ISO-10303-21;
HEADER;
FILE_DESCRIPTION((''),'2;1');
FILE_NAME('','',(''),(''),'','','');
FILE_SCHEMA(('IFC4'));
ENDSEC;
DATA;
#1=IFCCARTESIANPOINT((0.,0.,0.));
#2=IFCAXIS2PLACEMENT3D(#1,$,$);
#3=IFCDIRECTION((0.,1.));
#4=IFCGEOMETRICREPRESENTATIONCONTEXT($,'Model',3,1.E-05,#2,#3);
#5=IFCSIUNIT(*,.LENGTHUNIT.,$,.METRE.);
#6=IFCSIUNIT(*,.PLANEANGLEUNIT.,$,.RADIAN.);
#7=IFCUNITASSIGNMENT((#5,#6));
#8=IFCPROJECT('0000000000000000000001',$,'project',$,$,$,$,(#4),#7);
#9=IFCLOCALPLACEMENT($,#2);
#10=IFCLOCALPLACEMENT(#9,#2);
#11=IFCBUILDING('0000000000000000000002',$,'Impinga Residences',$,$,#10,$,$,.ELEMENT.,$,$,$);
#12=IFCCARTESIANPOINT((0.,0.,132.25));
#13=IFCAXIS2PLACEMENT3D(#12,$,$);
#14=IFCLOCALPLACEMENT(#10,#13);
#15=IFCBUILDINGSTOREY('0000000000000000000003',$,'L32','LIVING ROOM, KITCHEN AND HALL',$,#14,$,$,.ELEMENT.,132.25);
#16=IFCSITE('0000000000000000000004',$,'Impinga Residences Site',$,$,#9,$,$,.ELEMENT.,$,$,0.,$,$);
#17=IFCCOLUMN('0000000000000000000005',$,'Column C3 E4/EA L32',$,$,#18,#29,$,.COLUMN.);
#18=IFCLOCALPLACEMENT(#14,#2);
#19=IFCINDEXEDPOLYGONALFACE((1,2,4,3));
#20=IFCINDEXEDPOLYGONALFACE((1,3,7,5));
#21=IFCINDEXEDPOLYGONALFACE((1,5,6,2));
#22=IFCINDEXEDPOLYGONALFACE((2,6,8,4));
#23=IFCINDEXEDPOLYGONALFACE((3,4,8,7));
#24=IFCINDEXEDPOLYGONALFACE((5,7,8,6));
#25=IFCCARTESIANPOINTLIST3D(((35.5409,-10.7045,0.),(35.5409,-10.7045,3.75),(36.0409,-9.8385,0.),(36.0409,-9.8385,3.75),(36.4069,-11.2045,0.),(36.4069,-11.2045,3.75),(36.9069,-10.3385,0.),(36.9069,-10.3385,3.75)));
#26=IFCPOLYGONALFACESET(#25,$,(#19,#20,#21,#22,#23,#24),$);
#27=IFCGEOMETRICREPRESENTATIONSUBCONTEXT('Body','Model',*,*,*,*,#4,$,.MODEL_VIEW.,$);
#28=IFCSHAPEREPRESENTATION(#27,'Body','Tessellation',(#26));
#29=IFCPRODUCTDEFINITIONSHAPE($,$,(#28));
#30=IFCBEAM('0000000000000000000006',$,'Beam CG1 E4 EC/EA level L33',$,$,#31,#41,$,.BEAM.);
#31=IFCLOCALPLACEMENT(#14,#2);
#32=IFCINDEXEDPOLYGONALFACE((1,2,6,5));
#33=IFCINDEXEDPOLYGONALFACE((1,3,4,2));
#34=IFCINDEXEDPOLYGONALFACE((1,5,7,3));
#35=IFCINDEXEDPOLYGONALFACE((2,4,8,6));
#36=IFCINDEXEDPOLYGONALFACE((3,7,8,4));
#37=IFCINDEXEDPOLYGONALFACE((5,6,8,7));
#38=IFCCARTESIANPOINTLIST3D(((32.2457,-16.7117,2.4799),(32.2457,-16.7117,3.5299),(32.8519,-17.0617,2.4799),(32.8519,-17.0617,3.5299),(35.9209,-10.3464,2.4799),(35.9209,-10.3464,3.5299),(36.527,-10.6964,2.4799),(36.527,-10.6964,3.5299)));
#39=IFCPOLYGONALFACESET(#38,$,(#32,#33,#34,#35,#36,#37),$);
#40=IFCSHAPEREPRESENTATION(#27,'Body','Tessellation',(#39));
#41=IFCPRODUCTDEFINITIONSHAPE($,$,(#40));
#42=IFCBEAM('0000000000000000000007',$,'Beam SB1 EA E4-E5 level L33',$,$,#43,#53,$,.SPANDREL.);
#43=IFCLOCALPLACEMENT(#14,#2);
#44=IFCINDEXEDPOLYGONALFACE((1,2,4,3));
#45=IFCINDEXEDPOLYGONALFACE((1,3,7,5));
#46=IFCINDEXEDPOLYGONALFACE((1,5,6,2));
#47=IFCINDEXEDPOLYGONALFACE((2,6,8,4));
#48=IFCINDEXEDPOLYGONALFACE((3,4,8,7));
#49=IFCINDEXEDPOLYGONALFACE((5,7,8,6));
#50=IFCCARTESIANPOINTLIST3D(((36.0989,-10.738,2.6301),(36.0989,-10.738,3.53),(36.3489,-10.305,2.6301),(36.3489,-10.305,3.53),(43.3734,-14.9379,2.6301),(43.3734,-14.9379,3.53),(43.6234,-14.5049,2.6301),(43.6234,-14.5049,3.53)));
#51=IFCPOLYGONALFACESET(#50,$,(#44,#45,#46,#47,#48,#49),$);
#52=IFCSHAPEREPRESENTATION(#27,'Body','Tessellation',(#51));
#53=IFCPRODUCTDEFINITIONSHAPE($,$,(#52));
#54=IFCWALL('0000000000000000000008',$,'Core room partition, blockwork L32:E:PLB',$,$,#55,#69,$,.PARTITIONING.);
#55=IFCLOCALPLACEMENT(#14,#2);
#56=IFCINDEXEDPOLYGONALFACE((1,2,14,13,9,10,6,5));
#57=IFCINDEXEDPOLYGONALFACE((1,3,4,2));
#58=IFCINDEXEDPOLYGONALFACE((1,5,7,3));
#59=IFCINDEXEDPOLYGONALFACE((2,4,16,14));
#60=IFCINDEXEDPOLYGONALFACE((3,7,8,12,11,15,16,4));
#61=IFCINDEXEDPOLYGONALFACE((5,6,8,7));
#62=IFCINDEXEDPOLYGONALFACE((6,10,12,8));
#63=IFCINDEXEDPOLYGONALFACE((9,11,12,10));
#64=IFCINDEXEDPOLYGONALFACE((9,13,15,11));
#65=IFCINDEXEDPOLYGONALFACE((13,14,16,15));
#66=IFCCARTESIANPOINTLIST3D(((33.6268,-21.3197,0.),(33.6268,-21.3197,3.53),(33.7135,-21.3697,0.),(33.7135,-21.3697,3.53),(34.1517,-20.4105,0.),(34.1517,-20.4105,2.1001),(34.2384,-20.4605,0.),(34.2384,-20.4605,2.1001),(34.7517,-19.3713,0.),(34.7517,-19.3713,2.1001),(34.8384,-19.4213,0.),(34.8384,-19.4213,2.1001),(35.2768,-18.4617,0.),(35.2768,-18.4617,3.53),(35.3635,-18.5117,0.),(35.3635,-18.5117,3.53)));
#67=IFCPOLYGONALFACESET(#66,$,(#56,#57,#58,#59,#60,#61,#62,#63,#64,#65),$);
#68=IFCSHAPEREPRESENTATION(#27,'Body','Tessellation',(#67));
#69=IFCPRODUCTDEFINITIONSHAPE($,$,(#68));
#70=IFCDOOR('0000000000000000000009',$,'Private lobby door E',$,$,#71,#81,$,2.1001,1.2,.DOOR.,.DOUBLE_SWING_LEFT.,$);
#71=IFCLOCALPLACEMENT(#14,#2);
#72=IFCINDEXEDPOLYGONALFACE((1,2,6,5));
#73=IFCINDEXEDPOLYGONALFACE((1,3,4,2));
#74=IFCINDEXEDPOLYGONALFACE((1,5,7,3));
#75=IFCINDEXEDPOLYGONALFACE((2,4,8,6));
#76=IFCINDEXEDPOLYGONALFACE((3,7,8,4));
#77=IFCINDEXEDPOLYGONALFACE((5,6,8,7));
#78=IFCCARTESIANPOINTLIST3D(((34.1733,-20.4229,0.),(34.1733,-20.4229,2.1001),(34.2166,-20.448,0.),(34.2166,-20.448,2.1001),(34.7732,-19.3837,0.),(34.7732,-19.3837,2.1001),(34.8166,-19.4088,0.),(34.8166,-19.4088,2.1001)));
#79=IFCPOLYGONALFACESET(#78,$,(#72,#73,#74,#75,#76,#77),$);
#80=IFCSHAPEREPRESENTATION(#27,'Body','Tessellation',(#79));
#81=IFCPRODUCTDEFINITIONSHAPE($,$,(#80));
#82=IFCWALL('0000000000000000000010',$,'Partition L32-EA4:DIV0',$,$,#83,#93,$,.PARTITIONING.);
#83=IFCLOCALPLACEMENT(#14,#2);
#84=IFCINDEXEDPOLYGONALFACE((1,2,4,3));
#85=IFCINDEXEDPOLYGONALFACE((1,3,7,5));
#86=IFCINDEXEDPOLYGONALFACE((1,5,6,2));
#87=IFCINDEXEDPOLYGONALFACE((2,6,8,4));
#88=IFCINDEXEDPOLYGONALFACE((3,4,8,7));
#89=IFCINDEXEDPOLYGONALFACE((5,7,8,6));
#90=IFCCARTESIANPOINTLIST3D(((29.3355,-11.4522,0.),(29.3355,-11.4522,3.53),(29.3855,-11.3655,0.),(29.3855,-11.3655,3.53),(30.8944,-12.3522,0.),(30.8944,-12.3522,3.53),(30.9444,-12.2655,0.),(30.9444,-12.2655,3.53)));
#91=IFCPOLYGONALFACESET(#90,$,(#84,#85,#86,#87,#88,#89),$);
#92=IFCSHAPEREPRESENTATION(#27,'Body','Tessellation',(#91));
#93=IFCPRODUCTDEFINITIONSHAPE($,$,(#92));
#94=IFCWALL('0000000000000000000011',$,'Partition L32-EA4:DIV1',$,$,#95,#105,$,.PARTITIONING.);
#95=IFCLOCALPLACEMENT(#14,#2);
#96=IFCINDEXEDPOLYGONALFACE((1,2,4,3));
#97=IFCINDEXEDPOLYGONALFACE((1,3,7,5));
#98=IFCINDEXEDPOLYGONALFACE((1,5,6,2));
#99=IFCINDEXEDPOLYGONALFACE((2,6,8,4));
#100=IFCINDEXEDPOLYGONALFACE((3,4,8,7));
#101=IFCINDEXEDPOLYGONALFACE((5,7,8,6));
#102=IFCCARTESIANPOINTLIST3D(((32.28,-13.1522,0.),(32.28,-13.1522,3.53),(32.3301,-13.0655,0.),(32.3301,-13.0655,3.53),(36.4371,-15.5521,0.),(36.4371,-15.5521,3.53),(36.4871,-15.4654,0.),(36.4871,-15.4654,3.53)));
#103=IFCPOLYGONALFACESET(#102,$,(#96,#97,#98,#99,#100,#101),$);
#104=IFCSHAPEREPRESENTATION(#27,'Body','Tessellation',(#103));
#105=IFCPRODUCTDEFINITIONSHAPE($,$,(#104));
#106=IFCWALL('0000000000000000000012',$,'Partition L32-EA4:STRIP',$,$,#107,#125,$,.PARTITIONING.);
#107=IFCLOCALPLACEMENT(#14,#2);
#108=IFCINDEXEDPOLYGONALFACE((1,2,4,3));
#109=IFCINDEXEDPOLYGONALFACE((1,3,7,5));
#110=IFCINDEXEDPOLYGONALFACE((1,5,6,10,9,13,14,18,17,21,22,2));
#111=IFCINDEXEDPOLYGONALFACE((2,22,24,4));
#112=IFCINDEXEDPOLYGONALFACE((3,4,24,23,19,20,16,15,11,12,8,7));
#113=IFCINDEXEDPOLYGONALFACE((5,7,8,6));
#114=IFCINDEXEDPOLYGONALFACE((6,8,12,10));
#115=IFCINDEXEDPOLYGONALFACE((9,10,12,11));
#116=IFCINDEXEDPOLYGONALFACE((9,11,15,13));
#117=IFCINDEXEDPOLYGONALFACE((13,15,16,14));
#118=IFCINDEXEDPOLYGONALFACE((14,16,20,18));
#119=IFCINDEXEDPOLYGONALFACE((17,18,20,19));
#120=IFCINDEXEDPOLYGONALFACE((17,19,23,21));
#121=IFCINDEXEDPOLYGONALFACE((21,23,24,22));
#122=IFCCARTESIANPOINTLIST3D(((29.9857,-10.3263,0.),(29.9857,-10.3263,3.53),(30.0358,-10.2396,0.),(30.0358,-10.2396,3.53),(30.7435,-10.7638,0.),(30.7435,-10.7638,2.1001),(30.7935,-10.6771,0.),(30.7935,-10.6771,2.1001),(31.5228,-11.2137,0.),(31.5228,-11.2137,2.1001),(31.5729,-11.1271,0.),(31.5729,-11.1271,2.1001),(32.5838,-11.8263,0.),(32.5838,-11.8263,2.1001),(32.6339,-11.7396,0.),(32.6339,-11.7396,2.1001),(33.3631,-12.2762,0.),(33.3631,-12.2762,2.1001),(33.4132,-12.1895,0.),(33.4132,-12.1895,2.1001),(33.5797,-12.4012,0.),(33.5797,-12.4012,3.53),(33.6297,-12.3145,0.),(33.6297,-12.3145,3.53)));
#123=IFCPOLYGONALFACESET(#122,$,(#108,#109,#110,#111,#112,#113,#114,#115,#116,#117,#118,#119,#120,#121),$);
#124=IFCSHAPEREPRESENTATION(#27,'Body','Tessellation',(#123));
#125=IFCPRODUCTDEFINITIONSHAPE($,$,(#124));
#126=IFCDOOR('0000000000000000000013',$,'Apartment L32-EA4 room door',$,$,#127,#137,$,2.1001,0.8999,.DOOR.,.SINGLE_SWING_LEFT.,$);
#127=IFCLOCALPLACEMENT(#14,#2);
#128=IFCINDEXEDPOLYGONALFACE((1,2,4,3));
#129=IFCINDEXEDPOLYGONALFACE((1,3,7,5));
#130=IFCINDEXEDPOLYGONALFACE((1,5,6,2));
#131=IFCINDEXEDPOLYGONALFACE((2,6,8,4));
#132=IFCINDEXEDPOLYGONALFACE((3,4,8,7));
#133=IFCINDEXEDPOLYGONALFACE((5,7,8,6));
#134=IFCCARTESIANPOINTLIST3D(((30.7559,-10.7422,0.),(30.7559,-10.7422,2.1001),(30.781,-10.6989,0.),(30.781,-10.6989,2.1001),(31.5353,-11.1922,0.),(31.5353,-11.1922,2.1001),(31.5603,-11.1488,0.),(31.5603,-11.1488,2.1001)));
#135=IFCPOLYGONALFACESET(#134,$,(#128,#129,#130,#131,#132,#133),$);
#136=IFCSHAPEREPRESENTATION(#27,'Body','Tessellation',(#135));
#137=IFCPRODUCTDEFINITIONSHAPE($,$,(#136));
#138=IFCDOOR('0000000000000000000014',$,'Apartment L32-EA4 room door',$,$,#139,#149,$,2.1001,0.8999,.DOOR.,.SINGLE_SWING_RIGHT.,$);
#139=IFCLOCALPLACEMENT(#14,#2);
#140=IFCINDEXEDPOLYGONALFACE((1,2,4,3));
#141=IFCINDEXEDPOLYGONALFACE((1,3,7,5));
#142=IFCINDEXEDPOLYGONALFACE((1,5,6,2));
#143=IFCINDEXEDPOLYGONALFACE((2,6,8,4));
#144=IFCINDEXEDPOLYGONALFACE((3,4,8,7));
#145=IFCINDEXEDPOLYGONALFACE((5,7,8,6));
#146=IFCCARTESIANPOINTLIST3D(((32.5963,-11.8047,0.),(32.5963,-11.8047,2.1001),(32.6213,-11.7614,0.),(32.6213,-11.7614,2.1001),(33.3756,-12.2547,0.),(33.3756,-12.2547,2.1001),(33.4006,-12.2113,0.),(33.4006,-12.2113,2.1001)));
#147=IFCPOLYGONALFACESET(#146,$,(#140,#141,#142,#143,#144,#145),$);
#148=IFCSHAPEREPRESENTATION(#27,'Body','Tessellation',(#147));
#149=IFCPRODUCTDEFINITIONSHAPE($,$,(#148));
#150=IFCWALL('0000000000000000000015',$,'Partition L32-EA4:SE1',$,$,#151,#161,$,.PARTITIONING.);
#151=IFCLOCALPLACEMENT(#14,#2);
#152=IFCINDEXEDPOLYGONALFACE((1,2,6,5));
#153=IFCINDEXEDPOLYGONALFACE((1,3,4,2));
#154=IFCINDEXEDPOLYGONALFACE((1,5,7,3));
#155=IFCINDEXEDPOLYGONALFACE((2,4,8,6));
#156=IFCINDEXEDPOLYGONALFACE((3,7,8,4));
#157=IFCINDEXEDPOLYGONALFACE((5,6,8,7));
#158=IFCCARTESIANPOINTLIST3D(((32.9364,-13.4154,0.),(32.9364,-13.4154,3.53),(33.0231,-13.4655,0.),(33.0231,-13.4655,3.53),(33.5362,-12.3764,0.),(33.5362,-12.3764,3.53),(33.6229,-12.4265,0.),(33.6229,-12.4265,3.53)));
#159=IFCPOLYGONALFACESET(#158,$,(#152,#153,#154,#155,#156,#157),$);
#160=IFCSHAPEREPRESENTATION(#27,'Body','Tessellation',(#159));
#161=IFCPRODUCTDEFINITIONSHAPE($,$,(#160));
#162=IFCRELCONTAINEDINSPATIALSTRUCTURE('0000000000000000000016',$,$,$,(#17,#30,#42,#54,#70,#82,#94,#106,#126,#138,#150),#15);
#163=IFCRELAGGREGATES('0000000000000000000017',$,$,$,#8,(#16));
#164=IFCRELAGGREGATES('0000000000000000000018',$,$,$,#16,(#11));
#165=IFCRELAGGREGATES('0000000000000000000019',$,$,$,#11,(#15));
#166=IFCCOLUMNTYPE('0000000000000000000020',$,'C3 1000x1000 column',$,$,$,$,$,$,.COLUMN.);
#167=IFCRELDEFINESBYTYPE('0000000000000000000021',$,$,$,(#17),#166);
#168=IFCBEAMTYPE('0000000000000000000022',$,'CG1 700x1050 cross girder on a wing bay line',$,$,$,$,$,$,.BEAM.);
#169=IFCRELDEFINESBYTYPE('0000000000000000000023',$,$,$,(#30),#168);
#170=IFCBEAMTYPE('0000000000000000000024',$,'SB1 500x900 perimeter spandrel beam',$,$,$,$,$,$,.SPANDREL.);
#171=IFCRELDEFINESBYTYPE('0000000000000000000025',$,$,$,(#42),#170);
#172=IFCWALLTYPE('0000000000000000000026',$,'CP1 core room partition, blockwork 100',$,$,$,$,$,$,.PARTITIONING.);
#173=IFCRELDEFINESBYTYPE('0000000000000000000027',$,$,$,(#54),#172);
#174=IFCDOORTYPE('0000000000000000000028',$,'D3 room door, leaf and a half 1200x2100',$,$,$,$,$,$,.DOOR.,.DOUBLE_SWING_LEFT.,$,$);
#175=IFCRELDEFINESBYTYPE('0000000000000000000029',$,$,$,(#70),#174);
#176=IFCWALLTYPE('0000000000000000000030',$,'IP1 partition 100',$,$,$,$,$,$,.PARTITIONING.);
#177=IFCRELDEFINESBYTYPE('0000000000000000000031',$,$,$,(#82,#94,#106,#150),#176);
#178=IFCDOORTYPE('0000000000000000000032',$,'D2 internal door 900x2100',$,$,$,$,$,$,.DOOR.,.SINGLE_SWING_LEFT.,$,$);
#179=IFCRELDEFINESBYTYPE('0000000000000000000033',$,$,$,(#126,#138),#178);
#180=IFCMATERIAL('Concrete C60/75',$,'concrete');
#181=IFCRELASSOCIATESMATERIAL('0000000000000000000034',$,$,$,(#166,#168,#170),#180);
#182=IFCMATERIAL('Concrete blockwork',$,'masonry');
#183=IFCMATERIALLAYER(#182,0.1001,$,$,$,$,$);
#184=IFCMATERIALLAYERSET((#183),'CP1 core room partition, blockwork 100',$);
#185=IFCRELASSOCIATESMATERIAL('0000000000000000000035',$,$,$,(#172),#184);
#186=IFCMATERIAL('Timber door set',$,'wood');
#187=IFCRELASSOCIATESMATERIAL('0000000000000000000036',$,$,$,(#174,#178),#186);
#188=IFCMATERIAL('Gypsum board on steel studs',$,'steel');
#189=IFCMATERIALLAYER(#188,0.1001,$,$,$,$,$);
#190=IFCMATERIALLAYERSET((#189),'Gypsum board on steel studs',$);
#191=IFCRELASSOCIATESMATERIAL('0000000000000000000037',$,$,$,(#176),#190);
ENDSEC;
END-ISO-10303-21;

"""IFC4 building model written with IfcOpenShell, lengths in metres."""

from ifc_helpers import new_model, si_unit, direction, frame, frame_2d, origin, origin_2d, place, context, subcontext, project, spatial, rectangle, extrude, material, layer, layer_set, material_profile, profile_set, type_object, element, fill, save


model = new_model("IFC4")

# Units and contexts
model_context = context("Model", 3, precision=1e-05, world=origin(), true_north=direction((0.0, 1.0)))
body_context = subcontext(model_context, "Body", "Model", "MODEL_VIEW")
ifc_project = project(units=[si_unit("LENGTHUNIT", "METRE"), si_unit("PLANEANGLEUNIT", "RADIAN")], contexts=[model_context])

# Site, building, storey
site_placement = place(None, origin())
site = spatial("IfcSite", under=ifc_project, at=site_placement, Name="Impinga Residences Site", CompositionType="ELEMENT", RefElevation=0.0)
building_placement = place(site_placement, origin())
building = spatial("IfcBuilding", under=site, at=building_placement, Name="Impinga Residences", CompositionType="ELEMENT")
storey_placement = place(building_placement, frame((0.0, 0.0, 132.25)))
storey = spatial("IfcBuildingStorey", under=building, at=storey_placement, Name="L32", Description="LIVING ROOM, KITCHEN AND HALL", CompositionType="ELEMENT", Elevation=132.25)

# Column
ifc_material_1 = material(Name="Concrete C60/75", Category="concrete")
ifc_material_profile_1 = material_profile(ifc_material_1, rectangle(XDim=1.0, YDim=1.0, at=origin_2d()), Name="RC 1000x1000")
ifc_profile_set_1 = profile_set([ifc_material_profile_1], Name="Concrete C60/75")
column_type = type_object("IfcColumnType", Name="C3 1000x1000 column", PredefinedType="COLUMN", material=ifc_profile_set_1)
column_placement = place(storey_placement, frame((36.2239, -10.5215, 0.0), z_axis=(0.0, 0.0, 1.0), x_axis=(-0.5, -0.866025, 0.0)))
element("IfcColumn", 1, at=column_placement, inside=storey, type_object=column_type, Name="Column C3 E4/EA L32", PredefinedType="COLUMN", context=body_context, shape_type="SweptSolid", body=[
    extrude(rectangle(XDim=1.0, YDim=1.0, at=origin_2d()), origin(), (0.0, 0.0, 1.0), 3.75),
])

# Beams
ifc_material_profile_2 = material_profile(ifc_material_1, rectangle(XDim=0.7, YDim=1.05, at=origin_2d()), Name="RC 700x1050")
ifc_profile_set_2 = profile_set([ifc_material_profile_2], Name="Concrete C60/75")
beam_type_1 = type_object("IfcBeamType", Name="CG1 700x1050 cross girder on a wing bay line", PredefinedType="BEAM", material=ifc_profile_set_2)
beam_1_placement = place(storey_placement, frame((32.5488, -16.8867, 3.0049), z_axis=(0.500008, 0.866021, 0.0), x_axis=(-0.866021, 0.500008, 0.0)))
element("IfcBeam", 2, at=beam_1_placement, inside=storey, type_object=beam_type_1, Name="Beam CG1 E4 EC/EA level L33", PredefinedType="BEAM", context=body_context, shape_type="SweptSolid", body=[
    extrude(rectangle(XDim=0.7, YDim=1.05, at=origin_2d()), origin(), (0.0, 0.0, 1.0), 7.3501),
])
ifc_material_profile_3 = material_profile(ifc_material_1, rectangle(XDim=0.5, YDim=0.8999, at=origin_2d()), Name="RC 500x900")
ifc_profile_set_3 = profile_set([ifc_material_profile_3], Name="Concrete C60/75")
beam_type_2 = type_object("IfcBeamType", Name="SB1 500x900 perimeter spandrel beam", PredefinedType="SPANDREL", material=ifc_profile_set_3)
beam_2_placement = place(storey_placement, frame((36.2239, -10.5215, 3.0801), z_axis=(0.866029, -0.499993, 0.0), x_axis=(0.499993, 0.866029, 0.0)))
element("IfcBeam", 3, at=beam_2_placement, inside=storey, type_object=beam_type_2, Name="Beam SB1 EA E4-E5 level L33", PredefinedType="SPANDREL", context=body_context, shape_type="SweptSolid", body=[
    extrude(rectangle(XDim=0.5, YDim=0.8999, at=origin_2d()), origin(), (0.0, 0.0, 1.0), 8.3999),
])

# Wall, opening, door
ifc_material_2 = material(Name="Concrete blockwork", Category="masonry")
ifc_layer_1 = layer(ifc_material_2, 0.1001)
ifc_layer_set_1 = layer_set([ifc_layer_1], Name="CP1 core room partition, blockwork 100")
wall_type_1 = type_object("IfcWallType", Name="CP1 core room partition, blockwork 100", PredefinedType="PARTITIONING", material=ifc_layer_set_1)
wall_1_placement = place(storey_placement, frame((35.3201, -18.4868, 0.0), z_axis=(0.0, 0.0, 1.0), x_axis=(-0.499974, -0.86604, 0.0)))
wall_1 = element("IfcWall", 4, at=wall_1_placement, inside=storey, type_object=wall_type_1, Name="Core room partition, blockwork L32:E:PLB", PredefinedType="PARTITIONING", context=body_context, shape_type="SweptSolid", body=[
    extrude(rectangle(XDim=3.3, YDim=0.1001, at=frame_2d((1.6499, 0.0))), origin(), (0.0, 0.0, 1.0), 3.53),
])
opening_1_placement = place(wall_1_placement, frame((1.05, 0.0, 0.0)))
opening_1 = element("IfcOpeningElement", 5, at=opening_1_placement, cuts=wall_1, PredefinedType="OPENING", context=body_context, shape_type="SweptSolid", body=[
    extrude(rectangle(XDim=1.2, YDim=2.1001, at=frame_2d((0.6001, 1.05))), frame((0.0, 0.0601, 0.0), z_axis=(0.0, -1.0, 0.0), x_axis=(1.0, 0.0, 0.0)), (0.0, 0.0, 1.0), 0.1201),
])
ifc_material_3 = material(Name="Timber door set", Category="wood")
door_type_1 = type_object("IfcDoorType", Name="D3 room door, leaf and a half 1200x2100", OperationType="DOUBLE_SWING_LEFT", PredefinedType="DOOR", material=ifc_material_3)
door_1_placement = place(opening_1_placement, origin())
door_1 = element("IfcDoor", 6, at=door_1_placement, inside=storey, type_object=door_type_1, Name="Private lobby door E", OperationType="DOUBLE_SWING_LEFT", OverallHeight=2.1001, OverallWidth=1.2, PredefinedType="DOOR", context=body_context, shape_type="SweptSolid", body=[
    extrude(rectangle(XDim=1.2, YDim=2.1001, at=frame_2d((0.6001, 1.05))), frame((0.0, 0.0249, 0.0), z_axis=(0.0, -1.0, 0.0), x_axis=(1.0, 0.0, 0.0)), (0.0, 0.0, 1.0), 0.05),
])
fill(opening_1, door_1)

# Walls
ifc_material_4 = material(Name="Gypsum board on steel studs", Category="steel")
ifc_layer_2 = layer(ifc_material_4, 0.1001)
ifc_layer_set_2 = layer_set([ifc_layer_2], Name="Gypsum board on steel studs")
wall_type_2 = type_object("IfcWallType", Name="IP1 partition 100", PredefinedType="PARTITIONING", material=ifc_layer_set_2)
wall_2_placement = place(storey_placement, frame((29.3606, -11.4089, 0.0), z_axis=(0.0, 0.0, 1.0), x_axis=(0.866048, -0.499961, 0.0)))
element("IfcWall", 7, at=wall_2_placement, inside=storey, type_object=wall_type_2, Name="Partition L32-EA4:DIV0", PredefinedType="PARTITIONING", context=body_context, shape_type="SweptSolid", body=[
    extrude(rectangle(XDim=1.8, YDim=0.1001, at=frame_2d((0.8999, 0.0))), origin(), (0.0, 0.0, 1.0), 3.53),
])
wall_3_placement = place(storey_placement, frame((32.3052, -13.1089, 0.0), z_axis=(0.0, 0.0, 1.0), x_axis=(0.866037, -0.499979, 0.0)))
element("IfcWall", 8, at=wall_3_placement, inside=storey, type_object=wall_type_2, Name="Partition L32-EA4:DIV1", PredefinedType="PARTITIONING", context=body_context, shape_type="SweptSolid", body=[
    extrude(rectangle(XDim=4.8, YDim=0.1001, at=frame_2d((2.3999, 0.0))), origin(), (0.0, 0.0, 1.0), 3.53),
])

# Wall, openings, doors
wall_4_placement = place(storey_placement, frame((30.0107, -10.283, 0.0), z_axis=(0.0, 0.0, 1.0), x_axis=(0.86603, -0.499992, 0.0)))
wall_4 = element("IfcWall", 9, at=wall_4_placement, inside=storey, type_object=wall_type_2, Name="Partition L32-EA4:STRIP", PredefinedType="PARTITIONING", context=body_context, shape_type="SweptSolid", body=[
    extrude(rectangle(XDim=4.1499, YDim=0.1001, at=frame_2d((2.075, 0.0))), origin(), (0.0, 0.0, 1.0), 3.53),
])
opening_2_placement = place(wall_4_placement, frame((0.875, 0.0, 0.0)))
opening_2 = element("IfcOpeningElement", 10, at=opening_2_placement, cuts=wall_4, PredefinedType="OPENING", context=body_context, shape_type="SweptSolid", body=[
    extrude(rectangle(XDim=0.8999, YDim=2.1001, at=frame_2d((0.45, 1.05))), frame((0.0, 0.0601, 0.0), z_axis=(0.0, -1.0, 0.0), x_axis=(1.0, 0.0, 0.0)), (0.0, 0.0, 1.0), 0.1201),
])
opening_3_placement = place(wall_4_placement, frame((3.0, 0.0, 0.0)))
opening_3 = element("IfcOpeningElement", 11, at=opening_3_placement, cuts=wall_4, PredefinedType="OPENING", context=body_context, shape_type="SweptSolid", body=[
    extrude(rectangle(XDim=0.8999, YDim=2.1001, at=frame_2d((0.45, 1.05))), frame((0.0, 0.0601, 0.0), z_axis=(0.0, -1.0, 0.0), x_axis=(1.0, 0.0, 0.0)), (0.0, 0.0, 1.0), 0.1201),
])
door_type_2 = type_object("IfcDoorType", Name="D2 internal door 900x2100", OperationType="SINGLE_SWING_LEFT", PredefinedType="DOOR", material=ifc_material_3)
door_2_placement = place(opening_2_placement, origin())
door_2 = element("IfcDoor", 12, at=door_2_placement, inside=storey, type_object=door_type_2, Name="Apartment L32-EA4 room door", OperationType="SINGLE_SWING_LEFT", OverallHeight=2.1001, OverallWidth=0.8999, PredefinedType="DOOR", context=body_context, shape_type="SweptSolid", body=[
    extrude(rectangle(XDim=0.8999, YDim=2.1001, at=frame_2d((0.45, 1.05))), frame((0.0, 0.0249, 0.0), z_axis=(0.0, -1.0, 0.0), x_axis=(1.0, 0.0, 0.0)), (0.0, 0.0, 1.0), 0.05),
])
fill(opening_2, door_2)
door_3_placement = place(opening_3_placement, origin())
door_3 = element("IfcDoor", 13, at=door_3_placement, inside=storey, type_object=door_type_2, Name="Apartment L32-EA4 room door", OperationType="SINGLE_SWING_RIGHT", OverallHeight=2.1001, OverallWidth=0.8999, PredefinedType="DOOR", context=body_context, shape_type="SweptSolid", body=[
    extrude(rectangle(XDim=0.8999, YDim=2.1001, at=frame_2d((0.45, 1.05))), frame((0.0, 0.0249, 0.0), z_axis=(0.0, -1.0, 0.0), x_axis=(1.0, 0.0, 0.0)), (0.0, 0.0, 1.0), 0.05),
])
fill(opening_3, door_3)

# Wall
wall_5_placement = place(storey_placement, frame((32.9797, -13.4404, 0.0), z_axis=(0.0, 0.0, 1.0), x_axis=(0.499969, 0.866043, 0.0)))
element("IfcWall", 14, at=wall_5_placement, inside=storey, type_object=wall_type_2, Name="Partition L32-EA4:SE1", PredefinedType="PARTITIONING", context=body_context, shape_type="SweptSolid", body=[
    extrude(rectangle(XDim=1.1997, YDim=0.1001, at=frame_2d((0.5999, 0.0))), origin(), (0.0, 0.0, 1.0), 3.53),
])

save(model, "model.ifc")
